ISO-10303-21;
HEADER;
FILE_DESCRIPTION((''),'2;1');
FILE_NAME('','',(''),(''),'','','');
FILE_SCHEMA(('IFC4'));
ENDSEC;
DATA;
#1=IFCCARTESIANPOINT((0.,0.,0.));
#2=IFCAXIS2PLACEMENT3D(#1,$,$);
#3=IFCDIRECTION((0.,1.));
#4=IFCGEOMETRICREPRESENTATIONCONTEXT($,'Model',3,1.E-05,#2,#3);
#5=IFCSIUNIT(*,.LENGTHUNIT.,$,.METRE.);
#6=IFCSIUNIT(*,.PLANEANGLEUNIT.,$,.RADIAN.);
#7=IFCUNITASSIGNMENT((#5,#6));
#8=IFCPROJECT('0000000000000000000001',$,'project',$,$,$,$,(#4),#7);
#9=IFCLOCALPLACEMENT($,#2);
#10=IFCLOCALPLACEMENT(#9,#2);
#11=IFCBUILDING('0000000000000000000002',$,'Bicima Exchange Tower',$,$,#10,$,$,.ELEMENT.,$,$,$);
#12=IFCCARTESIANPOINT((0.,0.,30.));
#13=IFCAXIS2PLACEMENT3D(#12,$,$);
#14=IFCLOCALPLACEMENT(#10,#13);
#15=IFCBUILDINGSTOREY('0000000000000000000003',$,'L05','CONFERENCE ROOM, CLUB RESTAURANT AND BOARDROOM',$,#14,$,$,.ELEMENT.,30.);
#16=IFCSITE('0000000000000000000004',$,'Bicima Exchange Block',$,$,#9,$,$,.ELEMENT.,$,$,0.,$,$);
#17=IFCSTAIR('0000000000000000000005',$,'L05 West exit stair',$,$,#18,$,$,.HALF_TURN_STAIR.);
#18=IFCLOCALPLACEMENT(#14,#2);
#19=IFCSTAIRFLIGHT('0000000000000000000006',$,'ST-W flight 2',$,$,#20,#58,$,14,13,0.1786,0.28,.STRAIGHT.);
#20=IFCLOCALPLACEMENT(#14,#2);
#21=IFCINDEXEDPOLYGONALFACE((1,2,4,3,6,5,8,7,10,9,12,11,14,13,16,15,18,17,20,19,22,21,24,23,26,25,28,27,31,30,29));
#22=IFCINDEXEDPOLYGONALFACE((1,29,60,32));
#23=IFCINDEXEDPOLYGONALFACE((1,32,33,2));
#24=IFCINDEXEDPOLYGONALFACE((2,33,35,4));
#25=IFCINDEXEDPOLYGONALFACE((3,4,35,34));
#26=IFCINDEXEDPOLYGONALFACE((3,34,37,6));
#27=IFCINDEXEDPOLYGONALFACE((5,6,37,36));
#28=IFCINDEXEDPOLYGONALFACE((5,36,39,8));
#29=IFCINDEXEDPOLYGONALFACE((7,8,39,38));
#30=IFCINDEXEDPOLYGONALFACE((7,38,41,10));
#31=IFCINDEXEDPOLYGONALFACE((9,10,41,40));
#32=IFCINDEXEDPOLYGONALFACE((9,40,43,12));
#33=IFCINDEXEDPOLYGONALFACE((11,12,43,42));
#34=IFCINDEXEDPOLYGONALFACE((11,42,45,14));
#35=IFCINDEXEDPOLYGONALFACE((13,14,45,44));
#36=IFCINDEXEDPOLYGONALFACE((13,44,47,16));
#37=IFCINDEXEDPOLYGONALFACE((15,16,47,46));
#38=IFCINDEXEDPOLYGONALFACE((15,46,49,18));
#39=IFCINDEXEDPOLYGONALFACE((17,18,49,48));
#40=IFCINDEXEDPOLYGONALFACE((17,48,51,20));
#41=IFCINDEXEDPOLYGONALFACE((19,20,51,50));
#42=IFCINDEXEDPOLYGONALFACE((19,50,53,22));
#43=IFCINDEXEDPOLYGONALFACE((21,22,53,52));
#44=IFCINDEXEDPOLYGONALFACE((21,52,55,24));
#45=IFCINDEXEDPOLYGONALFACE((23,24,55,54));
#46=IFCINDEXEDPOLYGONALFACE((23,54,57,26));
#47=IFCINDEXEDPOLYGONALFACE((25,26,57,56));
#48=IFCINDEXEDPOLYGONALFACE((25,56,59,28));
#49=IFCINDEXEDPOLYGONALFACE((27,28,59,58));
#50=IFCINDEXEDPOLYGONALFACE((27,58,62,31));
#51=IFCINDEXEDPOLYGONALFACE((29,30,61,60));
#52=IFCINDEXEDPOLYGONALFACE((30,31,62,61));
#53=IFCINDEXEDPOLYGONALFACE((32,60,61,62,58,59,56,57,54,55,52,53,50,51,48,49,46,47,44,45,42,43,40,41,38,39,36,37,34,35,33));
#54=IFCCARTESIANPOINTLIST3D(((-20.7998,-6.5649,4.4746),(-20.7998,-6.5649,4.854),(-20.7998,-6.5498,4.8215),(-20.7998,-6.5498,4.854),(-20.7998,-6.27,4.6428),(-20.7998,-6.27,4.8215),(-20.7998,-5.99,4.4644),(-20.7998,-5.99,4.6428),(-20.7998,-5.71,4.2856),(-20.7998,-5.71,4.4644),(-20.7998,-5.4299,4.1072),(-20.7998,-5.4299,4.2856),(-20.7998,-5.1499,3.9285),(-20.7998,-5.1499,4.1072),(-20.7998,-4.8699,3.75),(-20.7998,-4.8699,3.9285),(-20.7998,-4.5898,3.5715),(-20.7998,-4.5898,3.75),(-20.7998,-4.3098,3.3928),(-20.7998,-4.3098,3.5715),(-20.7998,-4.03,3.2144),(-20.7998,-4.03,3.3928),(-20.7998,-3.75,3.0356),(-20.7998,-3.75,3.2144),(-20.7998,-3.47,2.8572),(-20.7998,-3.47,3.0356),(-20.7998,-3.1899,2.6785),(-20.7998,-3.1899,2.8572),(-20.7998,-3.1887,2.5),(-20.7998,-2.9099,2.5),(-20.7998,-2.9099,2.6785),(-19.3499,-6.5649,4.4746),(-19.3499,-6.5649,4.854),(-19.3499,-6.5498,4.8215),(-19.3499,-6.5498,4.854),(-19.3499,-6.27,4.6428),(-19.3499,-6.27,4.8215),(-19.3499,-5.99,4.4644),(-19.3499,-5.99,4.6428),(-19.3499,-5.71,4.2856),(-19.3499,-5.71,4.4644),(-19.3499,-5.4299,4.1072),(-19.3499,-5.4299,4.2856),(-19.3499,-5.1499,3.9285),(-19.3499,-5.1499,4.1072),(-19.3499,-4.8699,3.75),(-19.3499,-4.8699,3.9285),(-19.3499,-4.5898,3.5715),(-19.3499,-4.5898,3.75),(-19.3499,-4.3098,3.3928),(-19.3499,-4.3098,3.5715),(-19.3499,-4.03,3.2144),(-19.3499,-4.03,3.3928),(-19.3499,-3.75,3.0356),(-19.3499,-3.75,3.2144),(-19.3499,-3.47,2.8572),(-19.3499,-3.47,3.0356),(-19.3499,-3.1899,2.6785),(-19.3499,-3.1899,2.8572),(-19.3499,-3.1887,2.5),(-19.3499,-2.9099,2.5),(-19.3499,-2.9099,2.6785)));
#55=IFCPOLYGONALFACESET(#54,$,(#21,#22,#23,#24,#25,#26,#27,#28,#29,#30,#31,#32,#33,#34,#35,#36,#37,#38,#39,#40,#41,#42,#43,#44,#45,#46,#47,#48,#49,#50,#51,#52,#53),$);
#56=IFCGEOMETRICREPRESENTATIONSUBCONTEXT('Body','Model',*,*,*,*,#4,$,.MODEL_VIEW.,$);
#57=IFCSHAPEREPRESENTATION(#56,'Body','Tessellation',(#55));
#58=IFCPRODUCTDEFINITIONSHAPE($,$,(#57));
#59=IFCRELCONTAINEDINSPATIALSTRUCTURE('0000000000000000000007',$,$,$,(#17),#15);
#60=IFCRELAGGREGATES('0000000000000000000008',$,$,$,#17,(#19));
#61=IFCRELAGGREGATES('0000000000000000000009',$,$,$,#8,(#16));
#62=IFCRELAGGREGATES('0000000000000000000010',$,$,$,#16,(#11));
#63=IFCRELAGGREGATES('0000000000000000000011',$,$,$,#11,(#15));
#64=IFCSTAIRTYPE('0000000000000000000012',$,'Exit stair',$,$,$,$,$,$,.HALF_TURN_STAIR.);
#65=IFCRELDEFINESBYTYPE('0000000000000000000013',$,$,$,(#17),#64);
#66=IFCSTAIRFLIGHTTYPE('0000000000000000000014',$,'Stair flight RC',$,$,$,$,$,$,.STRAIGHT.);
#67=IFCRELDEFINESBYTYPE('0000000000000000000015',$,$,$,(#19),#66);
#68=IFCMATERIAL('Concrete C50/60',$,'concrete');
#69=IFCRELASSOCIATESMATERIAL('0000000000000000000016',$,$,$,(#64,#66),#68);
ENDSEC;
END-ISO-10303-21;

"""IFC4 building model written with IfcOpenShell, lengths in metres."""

from ifc_helpers import new_model, si_unit, direction, frame, origin, place, context, subcontext, project, spatial, polyline, outline, extrude, material, type_object, element, aggregate, save


model = new_model("IFC4")

# Units and contexts
model_context = context("Model", 3, precision=1e-05, world=origin(), true_north=direction((0.0, 1.0)))
body_context = subcontext(model_context, "Body", "Model", "MODEL_VIEW")
ifc_project = project(units=[si_unit("LENGTHUNIT", "METRE"), si_unit("PLANEANGLEUNIT", "RADIAN")], contexts=[model_context])

# Site, building, storey
site_placement = place(None, origin())
site = spatial("IfcSite", under=ifc_project, at=site_placement, Name="Bicima Exchange Block", CompositionType="ELEMENT", RefElevation=0.0)
building_placement = place(site_placement, origin())
building = spatial("IfcBuilding", under=site, at=building_placement, Name="Bicima Exchange Tower", CompositionType="ELEMENT")
storey_placement = place(building_placement, frame((0.0, 0.0, 30.0)))
storey = spatial("IfcBuildingStorey", under=building, at=storey_placement, Name="L05", Description="CONFERENCE ROOM, CLUB RESTAURANT AND BOARDROOM", CompositionType="ELEMENT", Elevation=30.0)

# Shared definitions
ifc_material_1 = material(Name="Concrete C50/60", Category="concrete")

# Stair, stair flight
stair_type = type_object("IfcStairType", Name="Exit stair", PredefinedType="HALF_TURN_STAIR", material=ifc_material_1)
stair_placement = place(storey_placement, origin())
stair = element("IfcStair", 1, at=stair_placement, inside=storey, type_object=stair_type, Name="L05 West exit stair", PredefinedType="HALF_TURN_STAIR")
stair_flight_type = type_object("IfcStairFlightType", Name="Stair flight RC", PredefinedType="STRAIGHT", material=ifc_material_1)
stair_flight_1_placement = place(storey_placement, frame((-20.075, -2.9099, 2.5), z_axis=(0.0, 0.0, 1.0), x_axis=(0.0, -1.0, 0.0)))
stair_flight_1 = element("IfcStairFlight", 2, at=stair_flight_1_placement, type_object=stair_flight_type, Name="ST-W flight 2", NumberOfRisers=14, NumberOfTreads=13, PredefinedType="STRAIGHT", RiserHeight=0.1786, TreadLength=0.28, context=body_context, shape_type="SweptSolid", body=[
    extrude(outline(polyline([(0.0, 0.0), (0.0, 0.1785), (0.28, 0.1785), (0.28, 0.3572), (0.5601, 0.3572), (0.5601, 0.5356), (0.8401, 0.5356), (0.8401, 0.7144), (1.1201, 0.7144), (1.1201, 0.8928), (1.3999, 0.8928), (1.3999, 1.0715), (1.6799, 1.0715), (1.6799, 1.25), (1.96, 1.25), (1.96, 1.4285), (2.24, 1.4285), (2.24, 1.6072), (2.52, 1.6072), (2.52, 1.7856), (2.8, 1.7856), (2.8, 1.9644), (3.0801, 1.9644), (3.0801, 2.1428), (3.3601, 2.1428), (3.3601, 2.3215), (3.6399, 2.3215), (3.6399, 2.354), (3.655, 2.354), (3.655, 1.9746), (0.2788, 0.0), (0.0, 0.0)])), frame((0.0, 0.7251, 0.0), z_axis=(0.0, -1.0, 0.0), x_axis=(1.0, 0.0, 0.0)), (0.0, 0.0, 1.0), 1.45),
])
aggregate(stair, [stair_flight_1])

save(model, "model.ifc")
